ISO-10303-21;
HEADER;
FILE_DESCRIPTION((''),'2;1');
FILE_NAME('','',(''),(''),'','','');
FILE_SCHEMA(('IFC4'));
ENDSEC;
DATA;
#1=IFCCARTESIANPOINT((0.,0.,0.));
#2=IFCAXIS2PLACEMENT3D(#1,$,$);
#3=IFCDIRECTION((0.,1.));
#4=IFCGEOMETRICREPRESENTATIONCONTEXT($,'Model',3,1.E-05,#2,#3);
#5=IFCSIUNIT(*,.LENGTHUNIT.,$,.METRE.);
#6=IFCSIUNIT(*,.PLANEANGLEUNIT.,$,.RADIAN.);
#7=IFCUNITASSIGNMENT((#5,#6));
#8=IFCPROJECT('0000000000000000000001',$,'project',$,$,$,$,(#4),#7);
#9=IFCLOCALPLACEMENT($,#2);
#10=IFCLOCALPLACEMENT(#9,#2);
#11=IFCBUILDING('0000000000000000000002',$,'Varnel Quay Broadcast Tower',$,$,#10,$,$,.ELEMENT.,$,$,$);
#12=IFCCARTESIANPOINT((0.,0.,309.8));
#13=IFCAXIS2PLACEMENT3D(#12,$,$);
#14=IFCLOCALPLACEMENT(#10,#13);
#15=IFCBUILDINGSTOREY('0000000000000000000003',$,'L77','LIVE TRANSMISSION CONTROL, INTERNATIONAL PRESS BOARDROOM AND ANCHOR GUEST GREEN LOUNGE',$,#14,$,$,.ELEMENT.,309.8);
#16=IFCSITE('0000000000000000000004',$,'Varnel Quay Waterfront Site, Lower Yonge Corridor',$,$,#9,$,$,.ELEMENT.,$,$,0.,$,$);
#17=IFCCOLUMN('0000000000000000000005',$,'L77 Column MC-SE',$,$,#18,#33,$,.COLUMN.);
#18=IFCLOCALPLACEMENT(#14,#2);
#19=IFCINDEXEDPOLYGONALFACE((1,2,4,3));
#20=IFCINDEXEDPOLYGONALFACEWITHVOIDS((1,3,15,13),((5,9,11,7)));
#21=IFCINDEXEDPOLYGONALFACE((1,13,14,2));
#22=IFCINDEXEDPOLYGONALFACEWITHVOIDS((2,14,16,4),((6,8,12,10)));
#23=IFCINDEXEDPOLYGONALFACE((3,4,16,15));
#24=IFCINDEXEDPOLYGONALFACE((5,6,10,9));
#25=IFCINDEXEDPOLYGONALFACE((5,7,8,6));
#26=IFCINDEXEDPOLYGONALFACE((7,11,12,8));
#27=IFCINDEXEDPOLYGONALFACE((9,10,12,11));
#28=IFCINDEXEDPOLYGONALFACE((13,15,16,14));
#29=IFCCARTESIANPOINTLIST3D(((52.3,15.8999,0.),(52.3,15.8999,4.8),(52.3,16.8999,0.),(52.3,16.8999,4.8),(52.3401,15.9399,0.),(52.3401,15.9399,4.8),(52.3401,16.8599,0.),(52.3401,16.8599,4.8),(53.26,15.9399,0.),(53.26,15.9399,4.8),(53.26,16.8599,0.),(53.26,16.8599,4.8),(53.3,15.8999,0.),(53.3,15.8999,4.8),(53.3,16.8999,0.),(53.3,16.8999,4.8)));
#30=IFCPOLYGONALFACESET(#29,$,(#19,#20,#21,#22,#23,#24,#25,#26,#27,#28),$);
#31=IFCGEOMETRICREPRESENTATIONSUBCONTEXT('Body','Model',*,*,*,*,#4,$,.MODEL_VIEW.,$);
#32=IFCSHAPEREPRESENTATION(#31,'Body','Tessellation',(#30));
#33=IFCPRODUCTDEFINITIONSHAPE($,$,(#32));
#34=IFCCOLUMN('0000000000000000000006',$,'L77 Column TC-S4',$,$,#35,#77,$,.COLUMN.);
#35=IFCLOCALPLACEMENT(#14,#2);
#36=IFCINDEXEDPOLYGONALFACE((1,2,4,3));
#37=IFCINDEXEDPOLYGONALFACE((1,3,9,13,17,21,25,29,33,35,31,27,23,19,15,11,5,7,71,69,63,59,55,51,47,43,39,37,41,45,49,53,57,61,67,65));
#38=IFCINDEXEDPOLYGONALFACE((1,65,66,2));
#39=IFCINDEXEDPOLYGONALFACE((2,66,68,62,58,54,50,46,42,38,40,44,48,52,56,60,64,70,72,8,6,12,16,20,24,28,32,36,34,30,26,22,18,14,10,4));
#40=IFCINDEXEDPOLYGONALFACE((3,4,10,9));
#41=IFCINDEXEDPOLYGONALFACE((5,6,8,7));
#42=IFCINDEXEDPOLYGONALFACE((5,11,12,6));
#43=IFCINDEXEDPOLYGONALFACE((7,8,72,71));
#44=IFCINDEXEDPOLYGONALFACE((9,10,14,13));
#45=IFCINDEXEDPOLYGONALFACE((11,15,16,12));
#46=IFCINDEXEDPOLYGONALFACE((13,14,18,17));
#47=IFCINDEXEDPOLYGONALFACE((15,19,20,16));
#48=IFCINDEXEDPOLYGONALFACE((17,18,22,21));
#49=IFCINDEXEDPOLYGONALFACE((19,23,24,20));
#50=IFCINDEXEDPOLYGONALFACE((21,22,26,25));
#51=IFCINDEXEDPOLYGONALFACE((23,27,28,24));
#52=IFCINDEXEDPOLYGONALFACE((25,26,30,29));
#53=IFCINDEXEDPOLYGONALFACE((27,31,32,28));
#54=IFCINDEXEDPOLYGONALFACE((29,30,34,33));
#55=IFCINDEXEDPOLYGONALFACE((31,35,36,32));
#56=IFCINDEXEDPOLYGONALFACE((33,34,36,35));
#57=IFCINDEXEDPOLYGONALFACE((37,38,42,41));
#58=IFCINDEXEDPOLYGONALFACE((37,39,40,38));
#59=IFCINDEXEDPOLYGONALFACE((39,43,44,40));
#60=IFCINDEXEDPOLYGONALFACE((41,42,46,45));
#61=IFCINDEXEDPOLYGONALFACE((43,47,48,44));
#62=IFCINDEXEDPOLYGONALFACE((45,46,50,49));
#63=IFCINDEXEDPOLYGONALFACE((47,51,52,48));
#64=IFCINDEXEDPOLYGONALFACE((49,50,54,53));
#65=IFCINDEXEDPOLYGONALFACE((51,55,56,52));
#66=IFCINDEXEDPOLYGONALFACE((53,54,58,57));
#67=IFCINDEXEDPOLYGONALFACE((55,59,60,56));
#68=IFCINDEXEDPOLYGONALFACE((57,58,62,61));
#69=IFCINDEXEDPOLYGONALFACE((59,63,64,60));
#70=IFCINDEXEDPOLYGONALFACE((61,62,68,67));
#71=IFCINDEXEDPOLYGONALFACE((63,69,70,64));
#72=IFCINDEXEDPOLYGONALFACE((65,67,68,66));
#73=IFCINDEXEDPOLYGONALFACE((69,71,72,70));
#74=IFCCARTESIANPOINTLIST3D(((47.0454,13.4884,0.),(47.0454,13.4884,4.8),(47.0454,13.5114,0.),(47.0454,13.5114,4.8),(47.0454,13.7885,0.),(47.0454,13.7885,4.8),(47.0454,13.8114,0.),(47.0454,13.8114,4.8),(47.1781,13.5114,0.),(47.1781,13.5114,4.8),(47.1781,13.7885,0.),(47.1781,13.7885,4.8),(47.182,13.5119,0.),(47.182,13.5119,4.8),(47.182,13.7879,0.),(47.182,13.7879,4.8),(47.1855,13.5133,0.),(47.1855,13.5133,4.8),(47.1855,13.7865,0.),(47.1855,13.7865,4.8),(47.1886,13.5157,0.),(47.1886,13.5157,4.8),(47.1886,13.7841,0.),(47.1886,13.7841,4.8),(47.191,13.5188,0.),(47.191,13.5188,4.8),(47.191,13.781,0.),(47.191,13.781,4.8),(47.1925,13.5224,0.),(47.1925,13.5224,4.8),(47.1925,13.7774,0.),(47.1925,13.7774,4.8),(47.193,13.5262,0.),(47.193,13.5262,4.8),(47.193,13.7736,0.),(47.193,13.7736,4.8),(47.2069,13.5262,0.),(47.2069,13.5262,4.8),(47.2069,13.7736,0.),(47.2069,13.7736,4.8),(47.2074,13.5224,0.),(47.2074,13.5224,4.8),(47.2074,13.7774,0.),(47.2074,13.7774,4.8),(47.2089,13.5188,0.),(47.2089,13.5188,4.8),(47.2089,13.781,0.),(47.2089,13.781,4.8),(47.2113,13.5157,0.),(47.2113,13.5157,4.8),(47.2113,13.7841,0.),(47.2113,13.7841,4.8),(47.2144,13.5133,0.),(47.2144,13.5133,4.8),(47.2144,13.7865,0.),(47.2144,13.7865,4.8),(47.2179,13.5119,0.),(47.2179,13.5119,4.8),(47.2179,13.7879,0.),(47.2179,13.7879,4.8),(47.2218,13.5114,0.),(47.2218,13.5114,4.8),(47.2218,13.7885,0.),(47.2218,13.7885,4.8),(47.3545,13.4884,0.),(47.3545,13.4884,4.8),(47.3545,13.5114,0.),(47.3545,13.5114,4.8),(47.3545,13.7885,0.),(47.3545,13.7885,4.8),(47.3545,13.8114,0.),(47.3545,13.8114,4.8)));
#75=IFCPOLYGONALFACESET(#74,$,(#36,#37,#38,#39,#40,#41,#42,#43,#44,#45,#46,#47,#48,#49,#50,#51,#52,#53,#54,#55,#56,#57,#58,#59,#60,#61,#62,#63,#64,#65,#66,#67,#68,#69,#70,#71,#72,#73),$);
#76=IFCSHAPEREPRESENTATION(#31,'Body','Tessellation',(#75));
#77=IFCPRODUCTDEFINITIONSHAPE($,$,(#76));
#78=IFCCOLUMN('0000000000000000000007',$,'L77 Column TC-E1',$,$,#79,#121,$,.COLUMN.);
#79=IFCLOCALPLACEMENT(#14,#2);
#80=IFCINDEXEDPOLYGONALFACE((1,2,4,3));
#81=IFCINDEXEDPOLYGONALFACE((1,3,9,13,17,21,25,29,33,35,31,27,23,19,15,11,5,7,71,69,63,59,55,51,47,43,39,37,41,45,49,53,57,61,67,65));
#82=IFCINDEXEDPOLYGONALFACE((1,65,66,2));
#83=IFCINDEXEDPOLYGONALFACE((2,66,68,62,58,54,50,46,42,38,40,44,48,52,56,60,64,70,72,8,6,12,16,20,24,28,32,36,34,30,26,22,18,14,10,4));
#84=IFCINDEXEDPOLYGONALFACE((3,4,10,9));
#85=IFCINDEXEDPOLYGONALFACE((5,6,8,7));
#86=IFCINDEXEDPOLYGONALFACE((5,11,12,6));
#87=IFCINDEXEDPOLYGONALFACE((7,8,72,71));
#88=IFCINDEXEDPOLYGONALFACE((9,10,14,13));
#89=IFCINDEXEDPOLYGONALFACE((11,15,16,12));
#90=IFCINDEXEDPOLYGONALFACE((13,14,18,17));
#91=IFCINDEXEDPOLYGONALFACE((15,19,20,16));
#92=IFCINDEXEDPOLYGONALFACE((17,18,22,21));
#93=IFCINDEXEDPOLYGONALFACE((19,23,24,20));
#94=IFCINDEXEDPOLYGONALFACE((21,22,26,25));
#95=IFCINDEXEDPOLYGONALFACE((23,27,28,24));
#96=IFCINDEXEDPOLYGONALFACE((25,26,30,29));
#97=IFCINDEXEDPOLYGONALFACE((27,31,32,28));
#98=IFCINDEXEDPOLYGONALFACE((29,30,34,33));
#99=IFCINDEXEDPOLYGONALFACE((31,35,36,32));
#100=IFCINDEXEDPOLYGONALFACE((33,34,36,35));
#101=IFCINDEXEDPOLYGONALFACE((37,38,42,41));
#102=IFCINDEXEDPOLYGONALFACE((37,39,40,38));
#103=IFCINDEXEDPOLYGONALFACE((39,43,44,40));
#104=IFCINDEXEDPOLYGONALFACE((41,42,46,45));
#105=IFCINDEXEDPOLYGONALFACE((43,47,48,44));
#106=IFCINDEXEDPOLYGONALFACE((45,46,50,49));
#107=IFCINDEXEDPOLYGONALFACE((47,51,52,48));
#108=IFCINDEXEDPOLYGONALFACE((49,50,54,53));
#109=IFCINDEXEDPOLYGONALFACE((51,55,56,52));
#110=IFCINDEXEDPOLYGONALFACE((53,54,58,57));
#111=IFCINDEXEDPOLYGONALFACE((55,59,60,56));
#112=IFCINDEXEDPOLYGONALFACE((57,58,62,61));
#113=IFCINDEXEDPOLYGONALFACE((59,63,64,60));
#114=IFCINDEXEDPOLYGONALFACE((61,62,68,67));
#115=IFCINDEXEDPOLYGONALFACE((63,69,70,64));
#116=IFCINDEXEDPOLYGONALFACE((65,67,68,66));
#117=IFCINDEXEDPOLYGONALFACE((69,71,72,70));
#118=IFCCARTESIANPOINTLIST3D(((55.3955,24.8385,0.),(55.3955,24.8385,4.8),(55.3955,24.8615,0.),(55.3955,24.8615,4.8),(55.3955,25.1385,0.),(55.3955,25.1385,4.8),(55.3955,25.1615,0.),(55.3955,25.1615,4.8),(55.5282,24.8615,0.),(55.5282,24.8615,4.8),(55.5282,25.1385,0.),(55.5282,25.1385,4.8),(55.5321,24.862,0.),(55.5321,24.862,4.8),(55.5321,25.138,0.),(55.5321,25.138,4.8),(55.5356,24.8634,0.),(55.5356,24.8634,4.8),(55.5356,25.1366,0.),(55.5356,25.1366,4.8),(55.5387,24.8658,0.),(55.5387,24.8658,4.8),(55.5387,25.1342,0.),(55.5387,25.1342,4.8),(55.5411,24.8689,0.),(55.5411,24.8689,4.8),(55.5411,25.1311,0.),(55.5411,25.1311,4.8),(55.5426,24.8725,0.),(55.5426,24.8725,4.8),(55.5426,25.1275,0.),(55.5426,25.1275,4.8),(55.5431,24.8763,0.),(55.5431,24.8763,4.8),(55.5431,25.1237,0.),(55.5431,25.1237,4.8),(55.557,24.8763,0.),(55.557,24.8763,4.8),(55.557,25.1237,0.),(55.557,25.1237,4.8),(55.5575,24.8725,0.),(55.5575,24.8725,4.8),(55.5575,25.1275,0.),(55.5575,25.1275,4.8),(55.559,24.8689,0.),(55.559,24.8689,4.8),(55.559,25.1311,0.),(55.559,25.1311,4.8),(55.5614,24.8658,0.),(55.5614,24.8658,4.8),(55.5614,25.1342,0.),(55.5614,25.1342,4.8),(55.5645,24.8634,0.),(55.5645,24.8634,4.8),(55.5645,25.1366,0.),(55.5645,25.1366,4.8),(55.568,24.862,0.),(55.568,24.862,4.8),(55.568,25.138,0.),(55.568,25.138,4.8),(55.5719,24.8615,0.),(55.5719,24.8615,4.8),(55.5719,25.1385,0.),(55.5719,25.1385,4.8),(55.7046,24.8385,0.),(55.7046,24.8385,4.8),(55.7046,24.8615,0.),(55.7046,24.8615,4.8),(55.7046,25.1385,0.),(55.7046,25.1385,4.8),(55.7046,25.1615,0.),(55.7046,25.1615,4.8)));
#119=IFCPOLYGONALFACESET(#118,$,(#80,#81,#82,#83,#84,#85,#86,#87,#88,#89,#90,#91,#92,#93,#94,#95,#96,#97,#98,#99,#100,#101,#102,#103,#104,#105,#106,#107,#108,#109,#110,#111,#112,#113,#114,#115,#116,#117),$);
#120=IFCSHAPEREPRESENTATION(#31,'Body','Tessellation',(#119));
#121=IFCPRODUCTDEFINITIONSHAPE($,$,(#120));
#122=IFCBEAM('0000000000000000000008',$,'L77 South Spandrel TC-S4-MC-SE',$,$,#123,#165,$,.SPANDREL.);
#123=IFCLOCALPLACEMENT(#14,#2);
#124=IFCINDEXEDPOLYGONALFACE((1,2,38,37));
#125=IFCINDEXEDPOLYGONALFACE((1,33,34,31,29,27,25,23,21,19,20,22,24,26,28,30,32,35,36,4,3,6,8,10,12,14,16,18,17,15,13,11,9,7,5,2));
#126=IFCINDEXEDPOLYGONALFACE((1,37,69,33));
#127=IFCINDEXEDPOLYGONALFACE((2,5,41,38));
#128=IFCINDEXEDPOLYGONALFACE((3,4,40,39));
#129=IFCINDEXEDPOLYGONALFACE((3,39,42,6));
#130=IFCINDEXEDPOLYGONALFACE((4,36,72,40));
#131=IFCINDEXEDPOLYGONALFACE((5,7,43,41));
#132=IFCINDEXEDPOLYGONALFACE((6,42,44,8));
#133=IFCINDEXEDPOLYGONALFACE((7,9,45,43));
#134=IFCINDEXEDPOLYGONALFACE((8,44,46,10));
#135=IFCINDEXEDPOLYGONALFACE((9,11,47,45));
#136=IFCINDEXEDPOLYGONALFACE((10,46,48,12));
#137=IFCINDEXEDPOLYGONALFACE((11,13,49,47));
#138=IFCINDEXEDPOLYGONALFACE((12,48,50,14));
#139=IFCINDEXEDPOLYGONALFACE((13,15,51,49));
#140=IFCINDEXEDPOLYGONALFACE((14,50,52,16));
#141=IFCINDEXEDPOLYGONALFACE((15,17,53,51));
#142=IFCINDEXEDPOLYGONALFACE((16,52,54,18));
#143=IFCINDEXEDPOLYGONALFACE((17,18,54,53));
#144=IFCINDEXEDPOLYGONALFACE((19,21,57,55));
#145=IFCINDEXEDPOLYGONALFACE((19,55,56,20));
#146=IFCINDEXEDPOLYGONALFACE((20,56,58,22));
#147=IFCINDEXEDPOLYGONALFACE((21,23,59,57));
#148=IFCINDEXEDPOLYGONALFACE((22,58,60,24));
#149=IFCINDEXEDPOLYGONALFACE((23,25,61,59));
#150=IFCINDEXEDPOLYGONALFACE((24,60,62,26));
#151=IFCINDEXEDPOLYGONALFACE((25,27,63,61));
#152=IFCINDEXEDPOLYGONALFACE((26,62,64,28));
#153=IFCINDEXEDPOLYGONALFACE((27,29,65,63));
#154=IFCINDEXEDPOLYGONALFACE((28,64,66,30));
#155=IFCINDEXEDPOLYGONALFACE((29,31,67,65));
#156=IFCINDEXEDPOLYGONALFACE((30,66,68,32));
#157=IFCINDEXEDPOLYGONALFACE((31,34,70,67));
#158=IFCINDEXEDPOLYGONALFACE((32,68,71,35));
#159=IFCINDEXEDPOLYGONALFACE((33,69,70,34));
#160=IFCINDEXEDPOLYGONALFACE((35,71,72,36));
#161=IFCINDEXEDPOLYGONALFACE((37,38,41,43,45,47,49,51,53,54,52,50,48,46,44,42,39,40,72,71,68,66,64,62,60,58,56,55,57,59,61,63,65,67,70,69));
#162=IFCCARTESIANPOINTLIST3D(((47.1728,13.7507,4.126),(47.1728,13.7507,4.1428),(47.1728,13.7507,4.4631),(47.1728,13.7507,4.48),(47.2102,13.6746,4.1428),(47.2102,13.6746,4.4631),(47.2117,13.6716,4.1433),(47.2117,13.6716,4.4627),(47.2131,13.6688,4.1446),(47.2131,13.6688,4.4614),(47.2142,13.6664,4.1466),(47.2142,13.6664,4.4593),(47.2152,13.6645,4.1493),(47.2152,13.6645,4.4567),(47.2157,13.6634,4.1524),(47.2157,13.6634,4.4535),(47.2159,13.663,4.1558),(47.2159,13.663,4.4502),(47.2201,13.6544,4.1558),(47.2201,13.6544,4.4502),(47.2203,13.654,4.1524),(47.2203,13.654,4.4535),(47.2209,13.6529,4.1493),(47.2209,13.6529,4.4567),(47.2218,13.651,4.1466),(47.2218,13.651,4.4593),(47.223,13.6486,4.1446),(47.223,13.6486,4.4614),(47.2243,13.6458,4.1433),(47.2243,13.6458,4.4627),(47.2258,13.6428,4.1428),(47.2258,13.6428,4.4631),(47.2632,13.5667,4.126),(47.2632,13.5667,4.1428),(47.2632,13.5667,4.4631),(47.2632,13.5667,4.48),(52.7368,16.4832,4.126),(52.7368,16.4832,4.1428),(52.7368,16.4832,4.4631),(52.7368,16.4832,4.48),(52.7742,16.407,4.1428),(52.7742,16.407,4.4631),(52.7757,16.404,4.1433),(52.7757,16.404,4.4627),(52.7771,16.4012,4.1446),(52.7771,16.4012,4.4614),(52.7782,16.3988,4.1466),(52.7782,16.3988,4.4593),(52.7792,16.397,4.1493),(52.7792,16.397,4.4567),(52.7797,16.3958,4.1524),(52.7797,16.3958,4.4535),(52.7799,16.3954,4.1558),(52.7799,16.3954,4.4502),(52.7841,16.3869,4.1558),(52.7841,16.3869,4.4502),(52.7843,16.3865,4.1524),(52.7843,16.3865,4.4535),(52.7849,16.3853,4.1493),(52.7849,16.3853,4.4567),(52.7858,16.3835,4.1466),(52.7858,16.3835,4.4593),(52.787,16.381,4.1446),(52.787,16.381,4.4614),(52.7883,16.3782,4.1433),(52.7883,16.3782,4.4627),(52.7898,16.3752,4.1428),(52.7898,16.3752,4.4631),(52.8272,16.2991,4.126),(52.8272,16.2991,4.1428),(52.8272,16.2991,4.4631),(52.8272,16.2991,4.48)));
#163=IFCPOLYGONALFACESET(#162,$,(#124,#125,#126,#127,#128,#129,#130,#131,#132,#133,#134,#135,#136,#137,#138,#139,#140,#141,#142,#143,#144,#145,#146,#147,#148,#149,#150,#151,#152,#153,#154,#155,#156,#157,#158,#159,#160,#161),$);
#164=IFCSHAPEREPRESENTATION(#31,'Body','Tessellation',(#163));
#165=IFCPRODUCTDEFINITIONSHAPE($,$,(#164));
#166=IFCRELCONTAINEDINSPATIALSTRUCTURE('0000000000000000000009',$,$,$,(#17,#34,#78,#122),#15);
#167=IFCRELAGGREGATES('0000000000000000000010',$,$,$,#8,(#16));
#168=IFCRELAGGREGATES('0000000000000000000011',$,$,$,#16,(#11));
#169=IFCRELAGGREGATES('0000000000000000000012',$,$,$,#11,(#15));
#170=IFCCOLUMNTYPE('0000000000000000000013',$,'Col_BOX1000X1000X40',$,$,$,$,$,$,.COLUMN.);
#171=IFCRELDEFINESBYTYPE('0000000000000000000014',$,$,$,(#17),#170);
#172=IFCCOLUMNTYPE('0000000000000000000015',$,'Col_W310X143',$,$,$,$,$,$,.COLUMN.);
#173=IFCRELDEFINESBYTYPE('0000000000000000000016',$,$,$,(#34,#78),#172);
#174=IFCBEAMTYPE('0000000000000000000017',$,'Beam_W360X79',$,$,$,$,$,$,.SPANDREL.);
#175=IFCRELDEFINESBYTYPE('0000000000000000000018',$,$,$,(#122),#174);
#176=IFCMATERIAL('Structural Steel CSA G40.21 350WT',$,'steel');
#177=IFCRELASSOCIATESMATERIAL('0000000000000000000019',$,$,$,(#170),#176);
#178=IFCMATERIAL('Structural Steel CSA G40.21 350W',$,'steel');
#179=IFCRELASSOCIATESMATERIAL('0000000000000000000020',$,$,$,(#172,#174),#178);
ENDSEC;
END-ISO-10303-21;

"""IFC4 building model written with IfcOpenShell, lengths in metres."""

from ifc_helpers import new_model, si_unit, direction, frame, origin, origin_2d, place, context, subcontext, project, spatial, hollow_rectangle, i_section, extrude, source, transform, mapped, material, material_profile, profile_set, type_object, type_shapes, element, save


model = new_model("IFC4")

# Units and contexts
model_context = context("Model", 3, precision=1e-05, world=origin(), true_north=direction((0.0, 1.0)))
body_context = subcontext(model_context, "Body", "Model", "MODEL_VIEW")
ifc_project = project(units=[si_unit("LENGTHUNIT", "METRE"), si_unit("PLANEANGLEUNIT", "RADIAN")], contexts=[model_context])

# Site, building, storey
site_placement = place(None, origin())
site = spatial("IfcSite", under=ifc_project, at=site_placement, Name="Varnel Quay Waterfront Site, Lower Yonge Corridor", CompositionType="ELEMENT", RefElevation=0.0)
building_placement = place(site_placement, origin())
building = spatial("IfcBuilding", under=site, at=building_placement, Name="Varnel Quay Broadcast Tower", CompositionType="ELEMENT")
storey_placement = place(building_placement, frame((0.0, 0.0, 309.8)))
storey = spatial("IfcBuildingStorey", under=building, at=storey_placement, Name="L77", Description="LIVE TRANSMISSION CONTROL, INTERNATIONAL PRESS BOARDROOM AND ANCHOR GUEST GREEN LOUNGE", CompositionType="ELEMENT", Elevation=309.8)

# Columns
ifc_material_1 = material(Name="Structural Steel CSA G40.21 350WT", Category="steel")
ifc_material_profile_1 = material_profile(ifc_material_1, hollow_rectangle(XDim=1.0, YDim=1.0, WallThickness=0.04, at=origin_2d()), Name="BOX1000X1000X40")
ifc_profile_set_1 = profile_set([ifc_material_profile_1], Name="Structural Steel CSA G40.21 350WT")
column_type_1 = type_object("IfcColumnType", Name="Col_BOX1000X1000X40", PredefinedType="COLUMN", material=ifc_profile_set_1)
shared_shape_1 = source(origin(), body_context, "Body", "SweptSolid", [
    extrude(hollow_rectangle(XDim=1.0, YDim=1.0, WallThickness=0.04, at=origin_2d()), origin(), (0.0, 0.0, 1.0), 4.8),
])
type_shapes(column_type_1, [shared_shape_1])
column_placement = place(storey_placement, frame((52.8, 16.3999, 0.0), z_axis=(0.0, 0.0, 1.0), x_axis=(1.0, 0.0, 0.0)))
element("IfcColumn", 1, at=column_placement, inside=storey, type_object=column_type_1, Name="L77 Column MC-SE", PredefinedType="COLUMN", context=body_context, shape_type="MappedRepresentation", body=[
    mapped(shared_shape_1, transform((0.0, 0.0, 0.0), x_axis=(1.0, 0.0, 0.0), y_axis=(0.0, 1.0, 0.0), z_axis=(0.0, 0.0, 1.0), scale=1.0)),
])
ifc_material_2 = material(Name="Structural Steel CSA G40.21 350W", Category="steel")
ifc_material_profile_2 = material_profile(ifc_material_2, i_section(OverallWidth=0.3091, OverallDepth=0.323, WebThickness=0.0139, FlangeThickness=0.0229, FilletRadius=0.0149, at=origin_2d()), Name="W310X143")
ifc_profile_set_2 = profile_set([ifc_material_profile_2], Name="Structural Steel CSA G40.21 350W")
column_type_2 = type_object("IfcColumnType", Name="Col_W310X143", PredefinedType="COLUMN", material=ifc_profile_set_2)
shared_shape_2 = source(origin(), body_context, "Body", "SweptSolid", [
    extrude(i_section(OverallWidth=0.3091, OverallDepth=0.323, WebThickness=0.0139, FlangeThickness=0.0229, FilletRadius=0.0149, at=origin_2d()), origin(), (0.0, 0.0, 1.0), 4.8),
])
type_shapes(column_type_2, [shared_shape_2])
for number, where, z_axis, x_axis, name in (
    (2, (47.2, 13.6499, 0.0), (0.0, 0.0, 1.0), (1.0, 0.0, 0.0), "L77 Column TC-S4"),
    (3, (55.55, 25.0, 0.0), (0.0, 0.0, 1.0), (1.0, 0.0, 0.0), "L77 Column TC-E1"),
):
    element("IfcColumn", number, at=place(storey_placement, frame(where, z_axis=z_axis, x_axis=x_axis)), inside=storey, type_object=column_type_2, Name=name, PredefinedType="COLUMN", context=body_context, shape_type="MappedRepresentation", body=[
        mapped(shared_shape_2, transform((0.0, 0.0, 0.0), x_axis=(1.0, 0.0, 0.0), y_axis=(0.0, 1.0, 0.0), z_axis=(0.0, 0.0, 1.0), scale=1.0)),
    ])

# Beam
ifc_material_profile_3 = material_profile(ifc_material_2, i_section(OverallWidth=0.2051, OverallDepth=0.354, WebThickness=0.0095, FlangeThickness=0.0168, FilletRadius=0.0129, at=origin_2d()), Name="W360X79")
ifc_profile_set_3 = profile_set([ifc_material_profile_3], Name="Structural Steel CSA G40.21 350W")
beam_type = type_object("IfcBeamType", Name="Beam_W360X79", PredefinedType="SPANDREL", material=ifc_profile_set_3)
shared_shape_3 = source(origin(), body_context, "Body", "SweptSolid", [
    extrude(i_section(OverallWidth=0.2051, OverallDepth=0.354, WebThickness=0.0095, FlangeThickness=0.0168, FilletRadius=0.0129, at=origin_2d()), origin(), (0.0, 0.0, 1.0), 6.1987),
])
beam_1_placement = place(storey_placement, frame((47.218, 13.6587, 4.303), z_axis=(0.897602, 0.440806, 0.0), x_axis=(-0.440806, 0.897602, 0.0)))
element("IfcBeam", 4, at=beam_1_placement, inside=storey, type_object=beam_type, Name="L77 South Spandrel TC-S4-MC-SE", PredefinedType="SPANDREL", context=body_context, shape_type="MappedRepresentation", body=[
    mapped(shared_shape_3, transform((0.0, 0.0, 0.0), x_axis=(1.0, 0.0, 0.0), y_axis=(0.0, 1.0, 0.0), z_axis=(0.0, 0.0, 1.0), scale=1.0)),
])

save(model, "model.ifc")
